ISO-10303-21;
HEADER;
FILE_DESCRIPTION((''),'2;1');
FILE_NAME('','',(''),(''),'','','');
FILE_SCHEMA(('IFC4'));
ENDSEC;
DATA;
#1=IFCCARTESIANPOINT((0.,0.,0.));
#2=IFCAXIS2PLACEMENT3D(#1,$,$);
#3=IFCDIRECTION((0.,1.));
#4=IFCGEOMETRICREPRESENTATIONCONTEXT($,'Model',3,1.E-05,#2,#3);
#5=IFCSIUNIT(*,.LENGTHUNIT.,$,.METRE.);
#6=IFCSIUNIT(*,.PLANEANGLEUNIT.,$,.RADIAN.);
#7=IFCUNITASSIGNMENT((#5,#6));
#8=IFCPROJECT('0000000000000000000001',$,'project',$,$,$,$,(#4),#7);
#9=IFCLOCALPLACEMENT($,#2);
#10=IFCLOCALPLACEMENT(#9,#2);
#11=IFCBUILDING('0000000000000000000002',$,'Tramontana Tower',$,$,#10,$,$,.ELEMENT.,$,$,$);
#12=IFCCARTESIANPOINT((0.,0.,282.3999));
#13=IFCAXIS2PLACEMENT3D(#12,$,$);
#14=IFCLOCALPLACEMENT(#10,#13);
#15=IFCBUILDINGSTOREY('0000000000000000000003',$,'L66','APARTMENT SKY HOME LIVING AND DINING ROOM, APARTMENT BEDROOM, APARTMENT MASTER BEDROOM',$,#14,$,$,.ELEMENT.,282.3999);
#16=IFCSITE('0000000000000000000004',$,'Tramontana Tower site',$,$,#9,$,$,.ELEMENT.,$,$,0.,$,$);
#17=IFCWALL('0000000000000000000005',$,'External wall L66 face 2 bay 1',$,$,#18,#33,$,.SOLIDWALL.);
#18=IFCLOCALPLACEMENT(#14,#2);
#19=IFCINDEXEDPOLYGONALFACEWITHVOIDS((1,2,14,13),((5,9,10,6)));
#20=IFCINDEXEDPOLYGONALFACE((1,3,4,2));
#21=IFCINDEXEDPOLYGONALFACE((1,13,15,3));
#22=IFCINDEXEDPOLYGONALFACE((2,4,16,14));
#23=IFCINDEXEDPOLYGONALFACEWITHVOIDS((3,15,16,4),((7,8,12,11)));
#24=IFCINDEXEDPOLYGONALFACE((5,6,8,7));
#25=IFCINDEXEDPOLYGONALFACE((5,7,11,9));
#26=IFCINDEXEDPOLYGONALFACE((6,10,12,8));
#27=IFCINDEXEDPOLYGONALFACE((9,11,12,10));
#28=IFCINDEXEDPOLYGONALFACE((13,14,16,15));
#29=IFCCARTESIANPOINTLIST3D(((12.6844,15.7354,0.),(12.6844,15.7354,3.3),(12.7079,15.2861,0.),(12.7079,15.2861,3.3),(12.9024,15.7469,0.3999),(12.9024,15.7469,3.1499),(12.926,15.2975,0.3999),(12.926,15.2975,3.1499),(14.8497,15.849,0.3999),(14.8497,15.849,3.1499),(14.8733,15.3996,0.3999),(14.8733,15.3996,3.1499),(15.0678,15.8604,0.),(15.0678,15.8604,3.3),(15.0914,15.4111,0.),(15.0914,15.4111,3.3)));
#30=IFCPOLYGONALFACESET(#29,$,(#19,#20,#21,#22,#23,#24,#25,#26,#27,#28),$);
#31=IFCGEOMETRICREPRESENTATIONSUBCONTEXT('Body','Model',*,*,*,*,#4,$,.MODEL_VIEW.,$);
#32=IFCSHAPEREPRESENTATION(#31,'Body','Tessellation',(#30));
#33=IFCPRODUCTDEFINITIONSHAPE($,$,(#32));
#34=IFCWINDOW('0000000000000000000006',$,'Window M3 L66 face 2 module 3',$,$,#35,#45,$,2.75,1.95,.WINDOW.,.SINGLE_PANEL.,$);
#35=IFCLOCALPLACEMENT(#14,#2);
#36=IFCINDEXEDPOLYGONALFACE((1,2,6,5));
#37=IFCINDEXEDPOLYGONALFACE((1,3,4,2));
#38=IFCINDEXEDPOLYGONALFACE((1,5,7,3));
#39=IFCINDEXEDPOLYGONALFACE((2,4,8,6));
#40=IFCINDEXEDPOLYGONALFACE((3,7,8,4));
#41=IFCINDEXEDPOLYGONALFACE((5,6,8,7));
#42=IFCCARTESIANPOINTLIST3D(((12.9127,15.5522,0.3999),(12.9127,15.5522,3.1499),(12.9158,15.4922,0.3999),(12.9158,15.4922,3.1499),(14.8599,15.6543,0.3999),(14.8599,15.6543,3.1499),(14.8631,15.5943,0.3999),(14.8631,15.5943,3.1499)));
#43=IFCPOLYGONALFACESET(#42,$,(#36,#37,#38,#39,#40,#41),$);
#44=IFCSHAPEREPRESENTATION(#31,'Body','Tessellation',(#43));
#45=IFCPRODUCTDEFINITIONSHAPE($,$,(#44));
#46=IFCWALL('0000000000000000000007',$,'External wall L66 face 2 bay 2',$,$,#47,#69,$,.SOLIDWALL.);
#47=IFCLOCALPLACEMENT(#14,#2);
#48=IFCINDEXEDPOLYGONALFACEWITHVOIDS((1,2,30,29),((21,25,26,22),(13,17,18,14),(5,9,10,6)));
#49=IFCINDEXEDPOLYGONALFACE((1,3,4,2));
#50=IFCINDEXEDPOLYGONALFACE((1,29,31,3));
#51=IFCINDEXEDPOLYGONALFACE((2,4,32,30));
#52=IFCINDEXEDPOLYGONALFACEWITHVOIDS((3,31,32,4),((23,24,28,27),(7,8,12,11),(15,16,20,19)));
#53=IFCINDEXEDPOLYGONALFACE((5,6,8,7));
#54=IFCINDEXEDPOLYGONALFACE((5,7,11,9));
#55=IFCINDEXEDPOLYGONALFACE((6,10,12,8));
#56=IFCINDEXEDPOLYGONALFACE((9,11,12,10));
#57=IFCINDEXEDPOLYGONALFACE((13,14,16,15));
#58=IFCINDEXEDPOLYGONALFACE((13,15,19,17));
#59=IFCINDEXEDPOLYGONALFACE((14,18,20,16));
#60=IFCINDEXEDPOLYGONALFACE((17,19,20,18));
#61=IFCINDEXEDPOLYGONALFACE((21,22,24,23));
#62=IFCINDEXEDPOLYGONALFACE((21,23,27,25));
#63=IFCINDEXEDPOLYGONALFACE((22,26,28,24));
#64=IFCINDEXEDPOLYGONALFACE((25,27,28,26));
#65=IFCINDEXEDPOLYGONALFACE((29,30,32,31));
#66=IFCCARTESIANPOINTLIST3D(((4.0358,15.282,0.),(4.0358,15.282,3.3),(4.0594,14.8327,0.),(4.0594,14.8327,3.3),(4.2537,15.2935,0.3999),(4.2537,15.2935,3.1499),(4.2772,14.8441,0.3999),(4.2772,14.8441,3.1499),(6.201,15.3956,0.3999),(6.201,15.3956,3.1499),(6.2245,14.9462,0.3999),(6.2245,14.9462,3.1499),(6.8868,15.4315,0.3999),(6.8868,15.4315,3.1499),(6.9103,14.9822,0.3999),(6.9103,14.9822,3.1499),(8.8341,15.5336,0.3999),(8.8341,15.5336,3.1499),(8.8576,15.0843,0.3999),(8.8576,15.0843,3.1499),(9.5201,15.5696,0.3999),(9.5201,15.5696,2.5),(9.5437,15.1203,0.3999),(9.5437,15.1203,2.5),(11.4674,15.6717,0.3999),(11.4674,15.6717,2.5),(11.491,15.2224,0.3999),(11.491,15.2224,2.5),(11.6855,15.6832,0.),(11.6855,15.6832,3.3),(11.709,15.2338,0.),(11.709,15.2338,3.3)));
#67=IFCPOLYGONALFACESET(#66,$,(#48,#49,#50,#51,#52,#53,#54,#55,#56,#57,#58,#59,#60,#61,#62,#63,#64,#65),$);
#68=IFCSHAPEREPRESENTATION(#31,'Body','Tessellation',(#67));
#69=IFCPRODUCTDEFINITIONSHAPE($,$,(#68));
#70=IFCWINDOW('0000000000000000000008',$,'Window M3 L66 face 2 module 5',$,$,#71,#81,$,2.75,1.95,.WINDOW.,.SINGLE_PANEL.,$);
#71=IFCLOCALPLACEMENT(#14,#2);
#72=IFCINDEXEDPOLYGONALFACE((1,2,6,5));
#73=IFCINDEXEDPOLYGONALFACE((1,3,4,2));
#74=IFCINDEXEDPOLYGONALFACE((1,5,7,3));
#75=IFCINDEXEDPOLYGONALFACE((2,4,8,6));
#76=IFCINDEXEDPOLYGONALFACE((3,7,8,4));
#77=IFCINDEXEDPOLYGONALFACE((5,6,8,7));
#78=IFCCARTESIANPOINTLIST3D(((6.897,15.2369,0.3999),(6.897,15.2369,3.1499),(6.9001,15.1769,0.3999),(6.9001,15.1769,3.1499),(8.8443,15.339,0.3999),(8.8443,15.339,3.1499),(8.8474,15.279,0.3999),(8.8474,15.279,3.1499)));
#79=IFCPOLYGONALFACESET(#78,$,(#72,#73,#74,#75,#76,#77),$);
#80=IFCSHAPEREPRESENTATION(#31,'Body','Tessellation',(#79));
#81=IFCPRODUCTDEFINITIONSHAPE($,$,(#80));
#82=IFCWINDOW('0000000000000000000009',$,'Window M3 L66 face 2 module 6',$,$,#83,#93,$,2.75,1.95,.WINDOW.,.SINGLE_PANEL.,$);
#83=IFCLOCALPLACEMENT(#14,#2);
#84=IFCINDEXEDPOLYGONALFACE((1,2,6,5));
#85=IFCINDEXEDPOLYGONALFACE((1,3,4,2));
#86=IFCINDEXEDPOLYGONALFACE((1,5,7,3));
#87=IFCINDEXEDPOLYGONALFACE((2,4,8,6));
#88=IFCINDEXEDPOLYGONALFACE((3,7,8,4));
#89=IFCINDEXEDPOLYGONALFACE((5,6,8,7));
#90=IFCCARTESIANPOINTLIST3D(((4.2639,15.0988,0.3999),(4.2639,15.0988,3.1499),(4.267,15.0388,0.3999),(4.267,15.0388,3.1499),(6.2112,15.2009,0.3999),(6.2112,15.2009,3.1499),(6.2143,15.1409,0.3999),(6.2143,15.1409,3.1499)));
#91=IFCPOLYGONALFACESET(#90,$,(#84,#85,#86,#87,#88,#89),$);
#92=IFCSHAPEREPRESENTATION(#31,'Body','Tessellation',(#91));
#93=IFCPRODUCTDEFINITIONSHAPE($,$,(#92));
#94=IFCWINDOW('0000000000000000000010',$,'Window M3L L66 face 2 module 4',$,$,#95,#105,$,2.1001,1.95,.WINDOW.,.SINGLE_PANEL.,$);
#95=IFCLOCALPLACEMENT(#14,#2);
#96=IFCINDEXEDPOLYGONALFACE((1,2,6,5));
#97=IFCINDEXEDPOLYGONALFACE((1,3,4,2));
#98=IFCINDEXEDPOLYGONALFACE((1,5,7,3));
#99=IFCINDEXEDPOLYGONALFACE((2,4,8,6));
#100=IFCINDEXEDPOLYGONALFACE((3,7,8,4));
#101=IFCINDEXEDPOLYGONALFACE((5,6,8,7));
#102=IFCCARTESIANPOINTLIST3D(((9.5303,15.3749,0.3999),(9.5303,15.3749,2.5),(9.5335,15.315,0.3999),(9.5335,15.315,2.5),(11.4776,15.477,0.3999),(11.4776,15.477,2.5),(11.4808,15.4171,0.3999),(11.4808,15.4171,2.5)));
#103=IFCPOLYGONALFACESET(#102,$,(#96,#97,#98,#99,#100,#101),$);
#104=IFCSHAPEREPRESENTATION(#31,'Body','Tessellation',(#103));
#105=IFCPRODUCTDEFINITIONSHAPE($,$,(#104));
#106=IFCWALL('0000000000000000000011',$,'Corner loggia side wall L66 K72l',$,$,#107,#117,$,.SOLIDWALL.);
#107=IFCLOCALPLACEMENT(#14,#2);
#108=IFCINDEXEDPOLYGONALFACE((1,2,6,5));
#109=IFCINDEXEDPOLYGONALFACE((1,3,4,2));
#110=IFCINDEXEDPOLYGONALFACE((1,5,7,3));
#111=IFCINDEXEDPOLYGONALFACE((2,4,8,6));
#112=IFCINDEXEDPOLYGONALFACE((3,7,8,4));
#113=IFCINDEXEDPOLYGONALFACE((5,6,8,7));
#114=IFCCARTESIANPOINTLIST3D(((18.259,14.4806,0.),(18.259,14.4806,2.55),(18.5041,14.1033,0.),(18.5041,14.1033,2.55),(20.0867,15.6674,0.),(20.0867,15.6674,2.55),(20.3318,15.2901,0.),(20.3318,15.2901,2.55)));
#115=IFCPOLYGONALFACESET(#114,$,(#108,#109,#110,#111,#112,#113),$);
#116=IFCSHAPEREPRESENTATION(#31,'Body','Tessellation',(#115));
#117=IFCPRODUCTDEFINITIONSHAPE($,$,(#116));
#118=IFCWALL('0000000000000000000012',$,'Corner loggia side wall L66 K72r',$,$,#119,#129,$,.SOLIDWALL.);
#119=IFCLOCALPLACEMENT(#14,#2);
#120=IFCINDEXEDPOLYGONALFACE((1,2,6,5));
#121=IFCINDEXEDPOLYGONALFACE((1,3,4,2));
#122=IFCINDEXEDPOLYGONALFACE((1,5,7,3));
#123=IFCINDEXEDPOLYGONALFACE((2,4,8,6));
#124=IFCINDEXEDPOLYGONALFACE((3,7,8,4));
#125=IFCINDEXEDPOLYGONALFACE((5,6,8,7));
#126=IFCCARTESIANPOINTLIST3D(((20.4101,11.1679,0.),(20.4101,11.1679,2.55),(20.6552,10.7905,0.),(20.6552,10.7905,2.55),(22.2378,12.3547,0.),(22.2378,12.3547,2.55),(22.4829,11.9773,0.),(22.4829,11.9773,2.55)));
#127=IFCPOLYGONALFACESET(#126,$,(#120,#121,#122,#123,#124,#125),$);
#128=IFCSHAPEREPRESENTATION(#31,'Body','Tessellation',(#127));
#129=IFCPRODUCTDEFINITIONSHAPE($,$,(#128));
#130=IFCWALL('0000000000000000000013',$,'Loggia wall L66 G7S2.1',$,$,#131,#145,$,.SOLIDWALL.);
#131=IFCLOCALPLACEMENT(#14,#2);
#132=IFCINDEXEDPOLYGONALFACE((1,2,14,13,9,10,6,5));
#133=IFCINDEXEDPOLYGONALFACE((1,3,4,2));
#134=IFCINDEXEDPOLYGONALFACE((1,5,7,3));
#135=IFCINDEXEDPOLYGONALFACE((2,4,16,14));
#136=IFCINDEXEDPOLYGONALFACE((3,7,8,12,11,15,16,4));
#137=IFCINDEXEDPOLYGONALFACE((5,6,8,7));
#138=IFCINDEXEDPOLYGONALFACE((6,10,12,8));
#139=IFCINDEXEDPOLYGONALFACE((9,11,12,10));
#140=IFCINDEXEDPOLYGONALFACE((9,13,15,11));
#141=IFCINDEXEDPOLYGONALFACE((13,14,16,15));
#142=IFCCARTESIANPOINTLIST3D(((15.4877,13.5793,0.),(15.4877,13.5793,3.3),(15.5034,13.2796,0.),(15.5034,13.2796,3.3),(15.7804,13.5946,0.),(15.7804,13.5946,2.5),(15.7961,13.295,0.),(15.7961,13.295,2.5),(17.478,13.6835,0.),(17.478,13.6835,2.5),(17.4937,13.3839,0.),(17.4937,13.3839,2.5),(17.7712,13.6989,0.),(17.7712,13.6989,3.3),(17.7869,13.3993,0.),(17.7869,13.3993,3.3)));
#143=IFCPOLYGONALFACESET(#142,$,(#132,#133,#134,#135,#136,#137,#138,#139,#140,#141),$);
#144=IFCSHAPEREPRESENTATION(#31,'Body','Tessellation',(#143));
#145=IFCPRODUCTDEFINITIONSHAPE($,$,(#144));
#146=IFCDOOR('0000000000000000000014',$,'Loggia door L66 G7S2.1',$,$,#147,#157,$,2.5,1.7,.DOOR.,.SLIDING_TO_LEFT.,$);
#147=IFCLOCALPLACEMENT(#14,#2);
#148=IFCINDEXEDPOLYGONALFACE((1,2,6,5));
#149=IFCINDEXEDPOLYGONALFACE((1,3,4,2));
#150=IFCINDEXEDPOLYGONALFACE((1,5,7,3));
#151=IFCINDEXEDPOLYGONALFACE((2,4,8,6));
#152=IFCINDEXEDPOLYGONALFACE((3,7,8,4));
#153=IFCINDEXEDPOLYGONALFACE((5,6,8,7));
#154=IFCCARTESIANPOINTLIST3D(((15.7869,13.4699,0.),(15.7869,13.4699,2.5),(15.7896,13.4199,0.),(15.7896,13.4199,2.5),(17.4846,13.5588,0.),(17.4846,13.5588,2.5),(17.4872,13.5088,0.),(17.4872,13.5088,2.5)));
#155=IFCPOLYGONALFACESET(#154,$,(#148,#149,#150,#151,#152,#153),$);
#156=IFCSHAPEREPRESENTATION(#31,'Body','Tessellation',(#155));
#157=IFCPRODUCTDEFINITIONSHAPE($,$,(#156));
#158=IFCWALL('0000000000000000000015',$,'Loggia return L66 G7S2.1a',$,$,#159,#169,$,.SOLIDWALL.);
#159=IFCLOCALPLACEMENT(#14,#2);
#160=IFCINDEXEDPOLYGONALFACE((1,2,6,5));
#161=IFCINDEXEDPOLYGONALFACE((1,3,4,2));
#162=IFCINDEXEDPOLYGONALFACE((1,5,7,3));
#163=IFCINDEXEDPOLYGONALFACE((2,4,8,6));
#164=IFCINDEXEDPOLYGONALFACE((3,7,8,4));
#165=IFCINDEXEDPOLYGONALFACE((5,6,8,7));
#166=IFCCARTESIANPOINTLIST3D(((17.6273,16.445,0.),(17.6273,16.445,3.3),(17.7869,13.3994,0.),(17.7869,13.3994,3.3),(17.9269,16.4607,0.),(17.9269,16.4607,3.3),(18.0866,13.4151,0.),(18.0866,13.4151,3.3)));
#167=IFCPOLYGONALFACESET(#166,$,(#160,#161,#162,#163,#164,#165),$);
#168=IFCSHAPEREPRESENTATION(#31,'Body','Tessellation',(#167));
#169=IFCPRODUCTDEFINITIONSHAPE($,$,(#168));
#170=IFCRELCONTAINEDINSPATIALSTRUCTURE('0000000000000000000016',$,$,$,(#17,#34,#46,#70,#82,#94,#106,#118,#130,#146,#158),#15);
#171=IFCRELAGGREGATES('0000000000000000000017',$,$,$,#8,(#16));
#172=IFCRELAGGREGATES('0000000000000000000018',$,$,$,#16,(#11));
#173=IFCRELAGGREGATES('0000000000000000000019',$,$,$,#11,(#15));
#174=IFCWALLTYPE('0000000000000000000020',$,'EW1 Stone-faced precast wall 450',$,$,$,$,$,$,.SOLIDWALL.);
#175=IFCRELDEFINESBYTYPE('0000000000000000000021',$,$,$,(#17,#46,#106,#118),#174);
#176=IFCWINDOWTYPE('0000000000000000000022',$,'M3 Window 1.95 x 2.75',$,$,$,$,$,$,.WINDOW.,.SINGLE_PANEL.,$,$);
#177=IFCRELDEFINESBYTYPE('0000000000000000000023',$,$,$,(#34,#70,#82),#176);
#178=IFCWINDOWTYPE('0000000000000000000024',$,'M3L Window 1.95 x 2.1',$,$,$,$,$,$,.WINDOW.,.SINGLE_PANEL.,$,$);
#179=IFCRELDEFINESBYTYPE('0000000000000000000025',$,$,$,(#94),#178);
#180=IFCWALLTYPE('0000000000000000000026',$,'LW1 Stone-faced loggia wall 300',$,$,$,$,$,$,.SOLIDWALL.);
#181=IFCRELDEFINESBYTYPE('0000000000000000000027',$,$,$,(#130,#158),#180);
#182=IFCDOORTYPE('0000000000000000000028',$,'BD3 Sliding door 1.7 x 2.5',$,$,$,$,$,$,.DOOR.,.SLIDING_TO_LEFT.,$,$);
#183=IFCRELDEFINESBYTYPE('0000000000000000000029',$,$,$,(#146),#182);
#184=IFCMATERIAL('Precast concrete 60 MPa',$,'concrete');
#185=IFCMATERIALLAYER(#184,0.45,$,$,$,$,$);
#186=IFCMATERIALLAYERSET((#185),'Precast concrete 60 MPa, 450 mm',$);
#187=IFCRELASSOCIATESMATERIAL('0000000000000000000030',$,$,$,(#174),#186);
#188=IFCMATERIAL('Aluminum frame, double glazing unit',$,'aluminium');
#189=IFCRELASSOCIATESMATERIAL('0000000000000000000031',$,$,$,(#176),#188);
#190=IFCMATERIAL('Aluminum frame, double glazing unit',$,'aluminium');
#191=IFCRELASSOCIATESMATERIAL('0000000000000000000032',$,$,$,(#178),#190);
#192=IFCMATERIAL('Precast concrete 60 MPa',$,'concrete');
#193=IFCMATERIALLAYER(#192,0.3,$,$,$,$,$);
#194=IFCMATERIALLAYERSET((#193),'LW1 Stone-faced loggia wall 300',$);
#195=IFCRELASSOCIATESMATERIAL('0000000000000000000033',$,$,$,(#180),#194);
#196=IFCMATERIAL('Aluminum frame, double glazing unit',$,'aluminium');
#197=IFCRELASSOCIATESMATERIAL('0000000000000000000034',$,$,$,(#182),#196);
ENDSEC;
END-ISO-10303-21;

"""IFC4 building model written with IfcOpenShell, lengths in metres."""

from ifc_helpers import new_model, si_unit, direction, frame, frame_2d, origin, place, context, subcontext, project, spatial, rectangle, extrude, material, layer, layer_set, type_object, element, fill, save


model = new_model("IFC4")

# Units and contexts
model_context = context("Model", 3, precision=1e-05, world=origin(), true_north=direction((0.0, 1.0)))
body_context = subcontext(model_context, "Body", "Model", "MODEL_VIEW")
ifc_project = project(units=[si_unit("LENGTHUNIT", "METRE"), si_unit("PLANEANGLEUNIT", "RADIAN")], contexts=[model_context])

# Site, building, storey
site_placement = place(None, origin())
site = spatial("IfcSite", under=ifc_project, at=site_placement, Name="Tramontana Tower site", CompositionType="ELEMENT", RefElevation=0.0)
building_placement = place(site_placement, origin())
building = spatial("IfcBuilding", under=site, at=building_placement, Name="Tramontana Tower", CompositionType="ELEMENT")
storey_placement = place(building_placement, frame((0.0, 0.0, 282.3999)))
storey = spatial("IfcBuildingStorey", under=building, at=storey_placement, Name="L66", Description="APARTMENT SKY HOME LIVING AND DINING ROOM, APARTMENT BEDROOM, APARTMENT MASTER BEDROOM", CompositionType="ELEMENT", Elevation=282.3999)

# Wall, opening, window
ifc_material_1 = material(Name="Precast concrete 60 MPa", Category="concrete")
ifc_layer_1 = layer(ifc_material_1, 0.45)
ifc_layer_set_1 = layer_set([ifc_layer_1], Name="Precast concrete 60 MPa, 450 mm")
wall_type_1 = type_object("IfcWallType", Name="EW1 Stone-faced precast wall 450", PredefinedType="SOLIDWALL", material=ifc_layer_set_1)
wall_1_placement = place(storey_placement, frame((15.0796, 15.6357, 0.0), z_axis=(0.0, 0.0, 1.0), x_axis=(-0.998628, -0.052371, 0.0)))
wall_1 = element("IfcWall", 1, at=wall_1_placement, inside=storey, type_object=wall_type_1, Name="External wall L66 face 2 bay 1", PredefinedType="SOLIDWALL", context=body_context, shape_type="SweptSolid", body=[
    extrude(rectangle(XDim=2.3867, YDim=0.45, at=frame_2d((1.1934, 0.0))), origin(), (0.0, 0.0, 1.0), 3.3),
])
opening_1_placement = place(wall_1_placement, frame((0.2183, 0.0, 0.3999)))
opening_1 = element("IfcOpeningElement", 2, at=opening_1_placement, cuts=wall_1, PredefinedType="OPENING", context=body_context, shape_type="SweptSolid", body=[
    extrude(rectangle(XDim=1.95, YDim=2.75, at=frame_2d((0.9751, 1.375))), frame((0.0, 0.2349, 0.0), z_axis=(0.0, -1.0, 0.0), x_axis=(1.0, 0.0, 0.0)), (0.0, 0.0, 1.0), 0.47),
])
ifc_material_2 = material(Name="Aluminum frame, double glazing unit", Category="aluminium")
window_type_1 = type_object("IfcWindowType", Name="M3 Window 1.95 x 2.75", PartitioningType="SINGLE_PANEL", PredefinedType="WINDOW", material=ifc_material_2)
window_1_placement = place(opening_1_placement, origin())
window_1 = element("IfcWindow", 3, at=window_1_placement, inside=storey, type_object=window_type_1, Name="Window M3 L66 face 2 module 3", OverallHeight=2.75, OverallWidth=1.95, PartitioningType="SINGLE_PANEL", PredefinedType="WINDOW", context=body_context, shape_type="SweptSolid", body=[
    extrude(rectangle(XDim=1.95, YDim=2.75, at=frame_2d((0.9751, 1.375))), frame((0.0, 0.03, 0.0), z_axis=(0.0, -1.0, 0.0), x_axis=(1.0, 0.0, 0.0)), (0.0, 0.0, 1.0), 0.0601),
])
fill(opening_1, window_1)

# Wall, openings, windows
wall_2_placement = place(storey_placement, frame((11.6973, 15.4585, 0.0), z_axis=(0.0, 0.0, 1.0), x_axis=(-0.998628, -0.052365, 0.0)))
wall_2 = element("IfcWall", 4, at=wall_2_placement, inside=storey, type_object=wall_type_1, Name="External wall L66 face 2 bay 2", PredefinedType="SOLIDWALL", context=body_context, shape_type="SweptSolid", body=[
    extrude(rectangle(XDim=7.6602, YDim=0.45, at=frame_2d((3.8301, 0.0))), origin(), (0.0, 0.0, 1.0), 3.3),
])
opening_2_placement = place(wall_2_placement, frame((0.2183, 0.0, 0.3999)))
opening_2 = element("IfcOpeningElement", 5, at=opening_2_placement, cuts=wall_2, PredefinedType="OPENING", context=body_context, shape_type="SweptSolid", body=[
    extrude(rectangle(XDim=1.95, YDim=2.1001, at=frame_2d((0.9751, 1.05))), frame((0.0, 0.2349, 0.0), z_axis=(0.0, -1.0, 0.0), x_axis=(1.0, 0.0, 0.0)), (0.0, 0.0, 1.0), 0.47),
])
opening_3_placement = place(wall_2_placement, frame((2.8552, 0.0, 0.3999)))
opening_3 = element("IfcOpeningElement", 6, at=opening_3_placement, cuts=wall_2, PredefinedType="OPENING", context=body_context, shape_type="SweptSolid", body=[
    extrude(rectangle(XDim=1.95, YDim=2.75, at=frame_2d((0.9751, 1.375))), frame((0.0, 0.2349, 0.0), z_axis=(0.0, -1.0, 0.0), x_axis=(1.0, 0.0, 0.0)), (0.0, 0.0, 1.0), 0.47),
])
opening_4_placement = place(wall_2_placement, frame((5.4919, 0.0, 0.3999)))
opening_4 = element("IfcOpeningElement", 7, at=opening_4_placement, cuts=wall_2, PredefinedType="OPENING", context=body_context, shape_type="SweptSolid", body=[
    extrude(rectangle(XDim=1.95, YDim=2.75, at=frame_2d((0.9751, 1.375))), frame((0.0, 0.2349, 0.0), z_axis=(0.0, -1.0, 0.0), x_axis=(1.0, 0.0, 0.0)), (0.0, 0.0, 1.0), 0.47),
])
window_2_placement = place(opening_3_placement, origin())
window_2 = element("IfcWindow", 8, at=window_2_placement, inside=storey, type_object=window_type_1, Name="Window M3 L66 face 2 module 5", OverallHeight=2.75, OverallWidth=1.95, PartitioningType="SINGLE_PANEL", PredefinedType="WINDOW", context=body_context, shape_type="SweptSolid", body=[
    extrude(rectangle(XDim=1.95, YDim=2.75, at=frame_2d((0.9751, 1.375))), frame((0.0, 0.03, 0.0), z_axis=(0.0, -1.0, 0.0), x_axis=(1.0, 0.0, 0.0)), (0.0, 0.0, 1.0), 0.0601),
])
fill(opening_3, window_2)
window_3_placement = place(opening_4_placement, origin())
window_3 = element("IfcWindow", 9, at=window_3_placement, inside=storey, type_object=window_type_1, Name="Window M3 L66 face 2 module 6", OverallHeight=2.75, OverallWidth=1.95, PartitioningType="SINGLE_PANEL", PredefinedType="WINDOW", context=body_context, shape_type="SweptSolid", body=[
    extrude(rectangle(XDim=1.95, YDim=2.75, at=frame_2d((0.9751, 1.375))), frame((0.0, 0.03, 0.0), z_axis=(0.0, -1.0, 0.0), x_axis=(1.0, 0.0, 0.0)), (0.0, 0.0, 1.0), 0.0601),
])
fill(opening_4, window_3)
ifc_material_3 = material(Name="Aluminum frame, double glazing unit", Category="aluminium")
window_type_2 = type_object("IfcWindowType", Name="M3L Window 1.95 x 2.1", PartitioningType="SINGLE_PANEL", PredefinedType="WINDOW", material=ifc_material_3)
window_4_placement = place(opening_2_placement, origin())
window_4 = element("IfcWindow", 10, at=window_4_placement, inside=storey, type_object=window_type_2, Name="Window M3L L66 face 2 module 4", OverallHeight=2.1001, OverallWidth=1.95, PartitioningType="SINGLE_PANEL", PredefinedType="WINDOW", context=body_context, shape_type="SweptSolid", body=[
    extrude(rectangle(XDim=1.95, YDim=2.1001, at=frame_2d((0.9751, 1.05))), frame((0.0, 0.03, 0.0), z_axis=(0.0, -1.0, 0.0), x_axis=(1.0, 0.0, 0.0)), (0.0, 0.0, 1.0), 0.0601),
])
fill(opening_2, window_4)

# Walls
for number, where, z_axis, x_axis, name in (
    (11, (20.2092, 15.4788, 0.0), (0.0, 0.0, 1.0), (-0.838694, -0.544602, 0.0), "Corner loggia side wall L66 K72l"),
    (12, (22.3604, 12.166, 0.0), (0.0, 0.0, 1.0), (-0.838694, -0.544602, 0.0), "Corner loggia side wall L66 K72r"),
):
    element("IfcWall", number, at=place(storey_placement, frame(where, z_axis=z_axis, x_axis=x_axis)), inside=storey, type_object=wall_type_1, Name=name, PredefinedType="SOLIDWALL", context=body_context, shape_type="SweptSolid", body=[
        extrude(rectangle(XDim=2.1792, YDim=0.45, at=frame_2d((1.0896, 0.0))), origin(), (0.0, 0.0, 1.0), 2.55),
    ])

# Wall, opening, door
ifc_material_4 = material(Name="Precast concrete 60 MPa", Category="concrete")
ifc_layer_2 = layer(ifc_material_4, 0.3)
ifc_layer_set_2 = layer_set([ifc_layer_2], Name="LW1 Stone-faced loggia wall 300")
wall_type_2 = type_object("IfcWallType", Name="LW1 Stone-faced loggia wall 300", PredefinedType="SOLIDWALL", material=ifc_layer_set_2)
wall_3_placement = place(storey_placement, frame((17.7791, 13.5491, 0.0), z_axis=(0.0, 0.0, 1.0), x_axis=(-0.99863, -0.052318, 0.0)))
wall_3 = element("IfcWall", 13, at=wall_3_placement, inside=storey, type_object=wall_type_2, Name="Loggia wall L66 G7S2.1", PredefinedType="SOLIDWALL", context=body_context, shape_type="SweptSolid", body=[
    extrude(rectangle(XDim=2.2866, YDim=0.3, at=frame_2d((1.1433, 0.0))), origin(), (0.0, 0.0, 1.0), 3.3),
])
opening_5_placement = place(wall_3_placement, frame((0.2935, 0.0, 0.0)))
opening_5 = element("IfcOpeningElement", 14, at=opening_5_placement, cuts=wall_3, PredefinedType="OPENING", context=body_context, shape_type="SweptSolid", body=[
    extrude(rectangle(XDim=1.7, YDim=2.5, at=frame_2d((0.8501, 1.25))), frame((0.0, 0.1599, 0.0), z_axis=(0.0, -1.0, 0.0), x_axis=(1.0, 0.0, 0.0)), (0.0, 0.0, 1.0), 0.3201),
])
ifc_material_5 = material(Name="Aluminum frame, double glazing unit", Category="aluminium")
door_type_1 = type_object("IfcDoorType", Name="BD3 Sliding door 1.7 x 2.5", OperationType="SLIDING_TO_LEFT", PredefinedType="DOOR", material=ifc_material_5)
door_1_placement = place(opening_5_placement, origin())
door_1 = element("IfcDoor", 15, at=door_1_placement, inside=storey, type_object=door_type_1, Name="Loggia door L66 G7S2.1", OperationType="SLIDING_TO_LEFT", OverallHeight=2.5, OverallWidth=1.7, PredefinedType="DOOR", context=body_context, shape_type="SweptSolid", body=[
    extrude(rectangle(XDim=1.7, YDim=2.5, at=frame_2d((0.8501, 1.25))), frame((0.0, 0.0249, 0.0), z_axis=(0.0, -1.0, 0.0), x_axis=(1.0, 0.0, 0.0)), (0.0, 0.0, 1.0), 0.05),
])
fill(opening_5, door_1)

# Wall
wall_4_placement = place(storey_placement, frame((17.7771, 16.4529, 0.0), z_axis=(0.0, 0.0, 1.0), x_axis=(0.052353, -0.998629, 0.0)))
element("IfcWall", 16, at=wall_4_placement, inside=storey, type_object=wall_type_2, Name="Loggia return L66 G7S2.1a", PredefinedType="SOLIDWALL", context=body_context, shape_type="SweptSolid", body=[
    extrude(rectangle(XDim=3.0498, YDim=0.3, at=frame_2d((1.5249, 0.0))), origin(), (0.0, 0.0, 1.0), 3.3),
])

save(model, "model.ifc")
